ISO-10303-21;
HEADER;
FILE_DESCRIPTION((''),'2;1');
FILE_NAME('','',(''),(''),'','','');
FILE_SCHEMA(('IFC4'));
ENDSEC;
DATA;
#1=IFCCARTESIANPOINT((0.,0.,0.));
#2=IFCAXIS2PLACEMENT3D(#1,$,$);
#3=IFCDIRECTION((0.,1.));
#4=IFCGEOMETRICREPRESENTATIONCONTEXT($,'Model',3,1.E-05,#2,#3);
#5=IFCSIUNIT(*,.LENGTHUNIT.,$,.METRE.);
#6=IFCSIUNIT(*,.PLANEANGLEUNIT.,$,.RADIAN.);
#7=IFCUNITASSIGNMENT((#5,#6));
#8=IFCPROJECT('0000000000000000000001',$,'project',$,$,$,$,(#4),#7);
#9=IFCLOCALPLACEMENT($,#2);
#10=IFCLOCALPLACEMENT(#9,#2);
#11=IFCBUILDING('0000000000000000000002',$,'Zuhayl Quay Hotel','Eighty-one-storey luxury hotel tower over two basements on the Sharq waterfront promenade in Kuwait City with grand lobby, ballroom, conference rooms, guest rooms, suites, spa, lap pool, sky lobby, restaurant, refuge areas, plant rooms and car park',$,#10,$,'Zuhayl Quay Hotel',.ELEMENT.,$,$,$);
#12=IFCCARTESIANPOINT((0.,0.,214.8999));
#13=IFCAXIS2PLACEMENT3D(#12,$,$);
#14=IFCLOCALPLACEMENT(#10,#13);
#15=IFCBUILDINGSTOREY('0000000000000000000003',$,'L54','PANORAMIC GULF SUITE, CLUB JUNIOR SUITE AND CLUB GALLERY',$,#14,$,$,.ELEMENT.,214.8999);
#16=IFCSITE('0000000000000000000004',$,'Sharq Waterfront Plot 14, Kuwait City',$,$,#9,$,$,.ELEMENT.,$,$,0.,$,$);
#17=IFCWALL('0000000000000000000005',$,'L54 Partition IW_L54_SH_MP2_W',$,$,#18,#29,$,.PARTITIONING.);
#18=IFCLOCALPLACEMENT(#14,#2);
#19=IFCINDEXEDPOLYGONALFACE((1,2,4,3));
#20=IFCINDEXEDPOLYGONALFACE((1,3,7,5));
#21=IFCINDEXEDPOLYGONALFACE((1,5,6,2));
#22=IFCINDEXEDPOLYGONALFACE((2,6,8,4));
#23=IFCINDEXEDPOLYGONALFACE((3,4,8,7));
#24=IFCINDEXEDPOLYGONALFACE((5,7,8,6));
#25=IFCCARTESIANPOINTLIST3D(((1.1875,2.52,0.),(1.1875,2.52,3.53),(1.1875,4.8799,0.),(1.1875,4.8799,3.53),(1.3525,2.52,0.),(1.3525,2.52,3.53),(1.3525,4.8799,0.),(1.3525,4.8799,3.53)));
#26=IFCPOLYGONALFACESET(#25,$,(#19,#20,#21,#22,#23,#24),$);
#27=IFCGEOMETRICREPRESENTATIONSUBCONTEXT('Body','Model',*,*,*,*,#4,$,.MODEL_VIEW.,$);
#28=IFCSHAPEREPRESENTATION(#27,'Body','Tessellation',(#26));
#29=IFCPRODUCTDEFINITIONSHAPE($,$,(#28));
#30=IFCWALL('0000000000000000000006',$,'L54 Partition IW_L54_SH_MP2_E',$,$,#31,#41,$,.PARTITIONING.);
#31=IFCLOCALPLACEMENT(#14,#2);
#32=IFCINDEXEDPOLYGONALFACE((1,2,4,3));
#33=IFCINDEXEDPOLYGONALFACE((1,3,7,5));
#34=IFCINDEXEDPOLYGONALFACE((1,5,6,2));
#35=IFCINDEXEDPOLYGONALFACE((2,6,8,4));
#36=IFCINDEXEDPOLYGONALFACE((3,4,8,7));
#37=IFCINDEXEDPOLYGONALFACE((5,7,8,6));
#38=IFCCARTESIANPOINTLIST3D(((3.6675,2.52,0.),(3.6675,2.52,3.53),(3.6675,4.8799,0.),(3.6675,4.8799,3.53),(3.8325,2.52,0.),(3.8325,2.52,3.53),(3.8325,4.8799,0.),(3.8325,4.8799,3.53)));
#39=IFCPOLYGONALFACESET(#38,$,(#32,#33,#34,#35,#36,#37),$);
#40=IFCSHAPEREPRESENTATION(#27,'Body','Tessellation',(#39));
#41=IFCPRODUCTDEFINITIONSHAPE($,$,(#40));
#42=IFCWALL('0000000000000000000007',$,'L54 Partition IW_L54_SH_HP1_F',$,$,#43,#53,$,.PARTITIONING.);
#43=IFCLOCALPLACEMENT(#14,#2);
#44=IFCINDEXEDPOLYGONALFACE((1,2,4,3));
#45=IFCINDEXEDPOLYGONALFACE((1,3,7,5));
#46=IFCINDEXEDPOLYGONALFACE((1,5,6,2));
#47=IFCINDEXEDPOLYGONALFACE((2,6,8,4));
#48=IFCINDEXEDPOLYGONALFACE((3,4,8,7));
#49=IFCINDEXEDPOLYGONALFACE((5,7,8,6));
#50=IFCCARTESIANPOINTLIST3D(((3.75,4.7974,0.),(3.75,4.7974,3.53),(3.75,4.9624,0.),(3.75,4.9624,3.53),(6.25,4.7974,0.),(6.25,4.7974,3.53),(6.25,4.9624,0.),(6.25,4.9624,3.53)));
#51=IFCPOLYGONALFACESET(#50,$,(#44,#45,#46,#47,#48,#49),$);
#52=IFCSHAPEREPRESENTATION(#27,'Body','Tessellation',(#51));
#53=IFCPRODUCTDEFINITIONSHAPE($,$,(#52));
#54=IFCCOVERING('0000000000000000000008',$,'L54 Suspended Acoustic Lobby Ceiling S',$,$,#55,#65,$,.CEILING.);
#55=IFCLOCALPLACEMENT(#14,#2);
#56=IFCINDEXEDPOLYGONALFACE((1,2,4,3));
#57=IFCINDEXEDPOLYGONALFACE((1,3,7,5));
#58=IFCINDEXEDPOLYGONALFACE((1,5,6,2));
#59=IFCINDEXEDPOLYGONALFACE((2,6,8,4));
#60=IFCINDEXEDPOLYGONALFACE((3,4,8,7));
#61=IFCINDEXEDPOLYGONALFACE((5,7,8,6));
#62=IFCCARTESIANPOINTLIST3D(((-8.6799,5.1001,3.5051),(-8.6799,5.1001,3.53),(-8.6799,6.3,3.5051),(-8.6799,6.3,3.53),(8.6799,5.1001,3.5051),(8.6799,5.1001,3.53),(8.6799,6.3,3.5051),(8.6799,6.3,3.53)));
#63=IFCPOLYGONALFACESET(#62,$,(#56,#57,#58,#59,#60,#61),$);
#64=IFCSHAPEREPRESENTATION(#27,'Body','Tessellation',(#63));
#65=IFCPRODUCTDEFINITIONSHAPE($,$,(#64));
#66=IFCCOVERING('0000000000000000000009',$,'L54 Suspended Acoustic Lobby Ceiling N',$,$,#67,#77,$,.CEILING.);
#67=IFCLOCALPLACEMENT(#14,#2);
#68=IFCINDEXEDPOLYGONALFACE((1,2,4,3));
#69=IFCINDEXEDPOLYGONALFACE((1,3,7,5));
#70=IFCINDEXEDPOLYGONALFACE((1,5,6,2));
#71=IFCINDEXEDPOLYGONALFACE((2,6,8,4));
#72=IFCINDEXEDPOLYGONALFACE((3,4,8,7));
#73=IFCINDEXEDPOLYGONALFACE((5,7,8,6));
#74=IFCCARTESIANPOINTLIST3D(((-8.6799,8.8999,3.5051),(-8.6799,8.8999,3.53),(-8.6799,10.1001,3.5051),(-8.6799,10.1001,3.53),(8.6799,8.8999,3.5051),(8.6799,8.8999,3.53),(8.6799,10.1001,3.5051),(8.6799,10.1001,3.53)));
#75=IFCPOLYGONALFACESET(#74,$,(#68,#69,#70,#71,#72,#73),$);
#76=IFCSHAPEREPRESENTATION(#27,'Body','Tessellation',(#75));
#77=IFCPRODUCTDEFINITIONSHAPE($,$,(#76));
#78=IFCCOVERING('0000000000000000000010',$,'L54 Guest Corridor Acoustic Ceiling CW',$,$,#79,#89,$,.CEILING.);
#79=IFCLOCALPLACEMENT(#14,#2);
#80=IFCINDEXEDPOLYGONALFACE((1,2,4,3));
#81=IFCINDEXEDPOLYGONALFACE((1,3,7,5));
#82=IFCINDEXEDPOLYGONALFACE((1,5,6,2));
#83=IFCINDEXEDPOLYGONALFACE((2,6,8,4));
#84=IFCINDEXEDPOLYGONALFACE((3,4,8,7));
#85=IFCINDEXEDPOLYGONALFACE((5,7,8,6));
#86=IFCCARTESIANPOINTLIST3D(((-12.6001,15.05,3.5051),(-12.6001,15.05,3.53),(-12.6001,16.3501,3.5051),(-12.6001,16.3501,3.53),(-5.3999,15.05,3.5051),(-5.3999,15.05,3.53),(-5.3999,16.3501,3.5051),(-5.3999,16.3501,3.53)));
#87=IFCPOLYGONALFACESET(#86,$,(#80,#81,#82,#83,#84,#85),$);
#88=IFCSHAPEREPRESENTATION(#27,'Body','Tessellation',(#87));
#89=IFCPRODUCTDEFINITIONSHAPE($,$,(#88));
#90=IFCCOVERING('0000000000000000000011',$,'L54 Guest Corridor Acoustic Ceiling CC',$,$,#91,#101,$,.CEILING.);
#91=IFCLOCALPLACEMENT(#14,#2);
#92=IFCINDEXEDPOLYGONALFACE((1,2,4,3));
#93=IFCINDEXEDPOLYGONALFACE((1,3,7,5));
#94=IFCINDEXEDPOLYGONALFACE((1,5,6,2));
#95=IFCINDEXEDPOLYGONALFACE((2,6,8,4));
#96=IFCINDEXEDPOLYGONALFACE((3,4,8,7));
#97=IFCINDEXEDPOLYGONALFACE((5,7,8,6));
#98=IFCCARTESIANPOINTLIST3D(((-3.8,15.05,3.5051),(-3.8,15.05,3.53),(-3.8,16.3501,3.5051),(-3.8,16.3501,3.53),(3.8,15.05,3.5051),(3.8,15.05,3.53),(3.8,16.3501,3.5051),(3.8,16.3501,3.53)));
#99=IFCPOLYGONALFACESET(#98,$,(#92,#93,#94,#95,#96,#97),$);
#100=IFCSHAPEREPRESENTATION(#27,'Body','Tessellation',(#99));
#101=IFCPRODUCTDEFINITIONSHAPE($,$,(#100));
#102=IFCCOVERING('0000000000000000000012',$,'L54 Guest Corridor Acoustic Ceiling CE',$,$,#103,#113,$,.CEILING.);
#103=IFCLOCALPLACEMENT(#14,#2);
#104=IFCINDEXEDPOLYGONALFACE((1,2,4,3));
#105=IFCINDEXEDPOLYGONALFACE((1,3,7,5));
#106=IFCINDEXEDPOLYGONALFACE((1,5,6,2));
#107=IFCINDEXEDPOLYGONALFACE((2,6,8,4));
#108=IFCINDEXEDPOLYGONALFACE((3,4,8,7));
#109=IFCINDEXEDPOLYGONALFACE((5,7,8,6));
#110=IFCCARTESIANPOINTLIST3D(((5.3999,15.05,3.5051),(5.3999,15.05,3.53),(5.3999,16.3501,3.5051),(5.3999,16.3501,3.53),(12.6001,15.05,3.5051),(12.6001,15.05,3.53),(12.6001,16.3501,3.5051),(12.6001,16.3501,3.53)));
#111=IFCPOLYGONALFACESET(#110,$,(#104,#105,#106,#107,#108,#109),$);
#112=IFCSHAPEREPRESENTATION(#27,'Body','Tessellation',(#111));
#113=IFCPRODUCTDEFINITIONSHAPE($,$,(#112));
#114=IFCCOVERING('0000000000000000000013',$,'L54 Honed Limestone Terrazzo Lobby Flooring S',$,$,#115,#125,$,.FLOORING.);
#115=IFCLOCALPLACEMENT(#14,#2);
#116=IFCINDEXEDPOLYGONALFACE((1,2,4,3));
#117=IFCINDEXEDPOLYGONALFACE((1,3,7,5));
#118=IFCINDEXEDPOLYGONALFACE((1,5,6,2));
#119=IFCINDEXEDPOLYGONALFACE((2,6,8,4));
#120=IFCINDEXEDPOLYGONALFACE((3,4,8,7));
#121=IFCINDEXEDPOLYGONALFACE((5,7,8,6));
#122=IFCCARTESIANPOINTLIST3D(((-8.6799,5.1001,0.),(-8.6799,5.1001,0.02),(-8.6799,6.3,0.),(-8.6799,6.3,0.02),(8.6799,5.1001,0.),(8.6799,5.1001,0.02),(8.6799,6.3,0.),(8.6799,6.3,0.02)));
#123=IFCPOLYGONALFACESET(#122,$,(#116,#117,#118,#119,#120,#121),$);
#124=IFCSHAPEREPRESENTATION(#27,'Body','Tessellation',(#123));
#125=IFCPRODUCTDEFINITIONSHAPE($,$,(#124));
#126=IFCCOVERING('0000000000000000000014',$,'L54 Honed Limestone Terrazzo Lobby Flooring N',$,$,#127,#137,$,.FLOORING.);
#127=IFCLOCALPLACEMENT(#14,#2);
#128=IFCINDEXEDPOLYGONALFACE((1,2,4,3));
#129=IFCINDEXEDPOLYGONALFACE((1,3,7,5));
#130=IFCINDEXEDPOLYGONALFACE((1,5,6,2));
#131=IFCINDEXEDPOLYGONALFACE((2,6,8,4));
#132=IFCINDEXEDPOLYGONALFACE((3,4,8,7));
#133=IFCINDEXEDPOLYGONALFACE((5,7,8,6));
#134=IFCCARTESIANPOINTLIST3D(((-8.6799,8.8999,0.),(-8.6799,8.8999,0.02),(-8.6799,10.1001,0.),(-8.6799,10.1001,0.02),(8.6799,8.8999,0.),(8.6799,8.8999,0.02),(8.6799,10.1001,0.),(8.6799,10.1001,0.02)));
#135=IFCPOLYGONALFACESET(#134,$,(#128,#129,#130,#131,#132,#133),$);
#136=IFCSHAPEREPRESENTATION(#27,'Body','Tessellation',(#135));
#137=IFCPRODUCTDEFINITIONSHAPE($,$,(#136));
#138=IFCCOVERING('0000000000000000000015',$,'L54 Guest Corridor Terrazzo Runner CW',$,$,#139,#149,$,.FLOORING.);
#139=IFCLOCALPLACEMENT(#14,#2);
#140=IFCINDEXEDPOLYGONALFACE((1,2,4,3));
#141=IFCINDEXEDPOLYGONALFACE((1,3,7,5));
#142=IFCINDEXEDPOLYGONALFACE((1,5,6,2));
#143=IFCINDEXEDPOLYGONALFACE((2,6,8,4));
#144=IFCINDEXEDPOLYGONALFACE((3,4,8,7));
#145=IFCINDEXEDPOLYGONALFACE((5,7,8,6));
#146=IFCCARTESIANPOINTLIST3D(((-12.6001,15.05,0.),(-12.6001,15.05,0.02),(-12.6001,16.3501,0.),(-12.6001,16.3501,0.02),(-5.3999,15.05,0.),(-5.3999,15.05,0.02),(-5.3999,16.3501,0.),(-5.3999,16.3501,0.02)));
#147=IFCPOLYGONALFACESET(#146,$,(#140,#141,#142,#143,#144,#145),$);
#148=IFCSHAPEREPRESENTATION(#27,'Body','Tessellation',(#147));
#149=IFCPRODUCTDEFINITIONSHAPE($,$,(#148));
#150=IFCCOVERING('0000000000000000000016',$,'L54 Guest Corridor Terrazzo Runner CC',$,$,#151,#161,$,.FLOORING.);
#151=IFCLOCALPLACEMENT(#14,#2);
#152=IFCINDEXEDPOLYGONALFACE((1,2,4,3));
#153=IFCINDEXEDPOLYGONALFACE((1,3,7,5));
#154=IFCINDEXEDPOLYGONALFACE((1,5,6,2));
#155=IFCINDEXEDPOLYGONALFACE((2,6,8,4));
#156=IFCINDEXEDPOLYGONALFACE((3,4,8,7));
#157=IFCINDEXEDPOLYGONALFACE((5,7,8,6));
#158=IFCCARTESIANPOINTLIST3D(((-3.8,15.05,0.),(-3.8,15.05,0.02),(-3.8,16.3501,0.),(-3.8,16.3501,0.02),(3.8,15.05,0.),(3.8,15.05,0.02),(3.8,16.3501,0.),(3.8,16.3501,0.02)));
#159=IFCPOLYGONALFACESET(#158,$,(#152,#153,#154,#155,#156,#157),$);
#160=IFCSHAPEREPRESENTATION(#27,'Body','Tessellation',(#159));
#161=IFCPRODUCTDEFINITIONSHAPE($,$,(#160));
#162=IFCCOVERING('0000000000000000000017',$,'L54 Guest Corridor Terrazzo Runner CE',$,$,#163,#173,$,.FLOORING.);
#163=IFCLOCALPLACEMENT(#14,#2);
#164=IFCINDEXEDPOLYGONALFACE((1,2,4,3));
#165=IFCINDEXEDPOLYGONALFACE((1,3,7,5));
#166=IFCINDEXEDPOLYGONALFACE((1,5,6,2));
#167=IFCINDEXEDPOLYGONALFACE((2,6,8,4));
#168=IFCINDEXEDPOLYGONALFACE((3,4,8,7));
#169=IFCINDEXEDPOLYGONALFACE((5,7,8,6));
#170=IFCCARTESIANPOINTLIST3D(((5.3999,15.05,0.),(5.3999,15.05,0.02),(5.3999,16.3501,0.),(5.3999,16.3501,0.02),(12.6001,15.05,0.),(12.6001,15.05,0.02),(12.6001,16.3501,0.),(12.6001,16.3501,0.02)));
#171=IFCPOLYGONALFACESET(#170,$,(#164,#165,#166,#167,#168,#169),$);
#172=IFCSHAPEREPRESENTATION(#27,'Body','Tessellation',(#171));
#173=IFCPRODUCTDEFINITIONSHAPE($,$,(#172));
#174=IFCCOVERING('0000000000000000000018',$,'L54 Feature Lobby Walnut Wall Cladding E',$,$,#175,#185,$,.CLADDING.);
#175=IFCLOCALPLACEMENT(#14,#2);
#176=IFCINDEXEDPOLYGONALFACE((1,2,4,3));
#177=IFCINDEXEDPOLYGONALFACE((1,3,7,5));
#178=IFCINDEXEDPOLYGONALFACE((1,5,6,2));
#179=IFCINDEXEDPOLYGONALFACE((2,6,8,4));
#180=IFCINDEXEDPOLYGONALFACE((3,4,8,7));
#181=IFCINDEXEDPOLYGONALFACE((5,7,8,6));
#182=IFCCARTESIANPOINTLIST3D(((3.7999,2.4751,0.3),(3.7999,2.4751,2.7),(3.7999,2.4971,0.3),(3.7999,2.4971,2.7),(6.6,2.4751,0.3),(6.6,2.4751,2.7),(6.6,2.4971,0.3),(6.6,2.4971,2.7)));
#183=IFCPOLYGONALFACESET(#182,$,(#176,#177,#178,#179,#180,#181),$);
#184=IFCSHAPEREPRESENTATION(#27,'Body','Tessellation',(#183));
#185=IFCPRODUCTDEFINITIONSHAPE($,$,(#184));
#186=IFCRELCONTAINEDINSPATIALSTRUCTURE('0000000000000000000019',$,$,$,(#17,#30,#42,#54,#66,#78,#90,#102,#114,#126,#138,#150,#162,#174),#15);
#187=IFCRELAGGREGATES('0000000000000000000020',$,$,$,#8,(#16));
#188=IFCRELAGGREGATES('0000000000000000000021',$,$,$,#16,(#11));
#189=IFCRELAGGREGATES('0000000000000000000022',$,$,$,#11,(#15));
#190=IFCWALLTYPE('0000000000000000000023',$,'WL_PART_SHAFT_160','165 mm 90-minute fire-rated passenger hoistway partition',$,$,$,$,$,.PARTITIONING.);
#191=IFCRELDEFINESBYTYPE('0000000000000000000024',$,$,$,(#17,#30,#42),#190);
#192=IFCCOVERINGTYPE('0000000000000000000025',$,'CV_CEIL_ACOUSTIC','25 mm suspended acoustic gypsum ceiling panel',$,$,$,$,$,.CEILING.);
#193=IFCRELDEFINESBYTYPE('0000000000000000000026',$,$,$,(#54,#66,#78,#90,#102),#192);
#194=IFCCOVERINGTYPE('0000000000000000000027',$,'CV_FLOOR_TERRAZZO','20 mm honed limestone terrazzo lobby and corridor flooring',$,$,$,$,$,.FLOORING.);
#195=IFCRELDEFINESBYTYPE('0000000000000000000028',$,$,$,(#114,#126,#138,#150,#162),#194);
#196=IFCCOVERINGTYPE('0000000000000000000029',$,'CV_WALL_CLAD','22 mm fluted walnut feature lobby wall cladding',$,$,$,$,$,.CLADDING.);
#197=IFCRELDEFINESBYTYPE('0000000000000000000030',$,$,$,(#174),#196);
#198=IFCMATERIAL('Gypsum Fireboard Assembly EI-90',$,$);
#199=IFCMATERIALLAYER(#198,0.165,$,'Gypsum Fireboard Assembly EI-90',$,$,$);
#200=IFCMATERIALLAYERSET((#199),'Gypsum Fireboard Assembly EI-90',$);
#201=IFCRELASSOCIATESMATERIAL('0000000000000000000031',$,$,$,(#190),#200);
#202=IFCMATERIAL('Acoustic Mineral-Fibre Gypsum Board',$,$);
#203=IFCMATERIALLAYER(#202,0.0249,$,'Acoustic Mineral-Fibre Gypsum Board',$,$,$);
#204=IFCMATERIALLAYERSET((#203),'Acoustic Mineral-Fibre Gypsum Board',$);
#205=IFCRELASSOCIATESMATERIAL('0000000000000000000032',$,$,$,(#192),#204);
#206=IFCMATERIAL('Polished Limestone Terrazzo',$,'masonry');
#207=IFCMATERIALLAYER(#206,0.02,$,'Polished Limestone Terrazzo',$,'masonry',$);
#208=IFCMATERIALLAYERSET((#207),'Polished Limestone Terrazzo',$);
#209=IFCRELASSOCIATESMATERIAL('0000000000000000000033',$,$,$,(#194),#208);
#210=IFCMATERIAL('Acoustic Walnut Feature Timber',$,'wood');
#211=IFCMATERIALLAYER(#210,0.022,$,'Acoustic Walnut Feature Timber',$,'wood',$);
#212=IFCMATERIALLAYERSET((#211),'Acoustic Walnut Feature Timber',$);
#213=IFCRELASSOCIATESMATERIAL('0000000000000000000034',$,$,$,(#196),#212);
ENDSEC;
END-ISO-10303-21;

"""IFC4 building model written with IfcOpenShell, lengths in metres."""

from ifc_helpers import new_model, si_unit, direction, frame, frame_2d, origin, origin_2d, place, context, subcontext, project, spatial, polyline, rectangle, outline, extrude, material, layer, layer_set, type_object, element, save


model = new_model("IFC4")

# Units and contexts
model_context = context("Model", 3, precision=1e-05, world=origin(), true_north=direction((0.0, 1.0)))
body_context = subcontext(model_context, "Body", "Model", "MODEL_VIEW")
ifc_project = project(units=[si_unit("LENGTHUNIT", "METRE"), si_unit("PLANEANGLEUNIT", "RADIAN")], contexts=[model_context])

# Site, building, storey
site_placement = place(None, origin())
site = spatial("IfcSite", under=ifc_project, at=site_placement, Name="Sharq Waterfront Plot 14, Kuwait City", CompositionType="ELEMENT", RefElevation=0.0)
building_placement = place(site_placement, origin())
building = spatial("IfcBuilding", under=site, at=building_placement, Name="Zuhayl Quay Hotel", Description="Eighty-one-storey luxury hotel tower over two basements on the Sharq waterfront promenade in Kuwait City with grand lobby, ballroom, conference rooms, guest rooms, suites, spa, lap pool, sky lobby, restaurant, refuge areas, plant rooms and car park", LongName="Zuhayl Quay Hotel", CompositionType="ELEMENT")
storey_placement = place(building_placement, frame((0.0, 0.0, 214.8999)))
storey = spatial("IfcBuildingStorey", under=building, at=storey_placement, Name="L54", Description="PANORAMIC GULF SUITE, CLUB JUNIOR SUITE AND CLUB GALLERY", CompositionType="ELEMENT", Elevation=214.8999)

# Shared definitions
ifc_material_1 = material(Name="Gypsum Fireboard Assembly EI-90")
ifc_layer_1 = layer(ifc_material_1, 0.165, Name="Gypsum Fireboard Assembly EI-90")
ifc_layer_set_1 = layer_set([ifc_layer_1], Name="Gypsum Fireboard Assembly EI-90")
wall_type_1 = type_object("IfcWallType", Name="WL_PART_SHAFT_160", Description="165 mm 90-minute fire-rated passenger hoistway partition", PredefinedType="PARTITIONING", material=ifc_layer_set_1)

# Walls
for number, where, z_axis, x_axis, name in (
    (1, (1.27, 2.52, 0.0), (0.0, 0.0, 1.0), (0.0, 1.0, 0.0), "L54 Partition IW_L54_SH_MP2_W"),
    (2, (3.75, 2.52, 0.0), (0.0, 0.0, 1.0), (0.0, 1.0, 0.0), "L54 Partition IW_L54_SH_MP2_E"),
):
    element("IfcWall", number, at=place(storey_placement, frame(where, z_axis=z_axis, x_axis=x_axis)), inside=storey, type_object=wall_type_1, Name=name, PredefinedType="PARTITIONING", context=body_context, shape_type="SweptSolid", body=[
        extrude(rectangle(XDim=2.3599, YDim=0.165, at=frame_2d((1.1799, 0.0))), origin(), (0.0, 0.0, 1.0), 3.53),
    ])
wall_1_placement = place(storey_placement, frame((3.75, 4.8799, 0.0), z_axis=(0.0, 0.0, 1.0), x_axis=(1.0, 0.0, 0.0)))
element("IfcWall", 3, at=wall_1_placement, inside=storey, type_object=wall_type_1, Name="L54 Partition IW_L54_SH_HP1_F", PredefinedType="PARTITIONING", context=body_context, shape_type="SweptSolid", body=[
    extrude(rectangle(XDim=2.5, YDim=0.165, at=frame_2d((1.25, 0.0))), origin(), (0.0, 0.0, 1.0), 3.53),
])

# Coverings
ifc_material_2 = material(Name="Acoustic Mineral-Fibre Gypsum Board")
ifc_layer_2 = layer(ifc_material_2, 0.0249, Name="Acoustic Mineral-Fibre Gypsum Board")
ifc_layer_set_2 = layer_set([ifc_layer_2], Name="Acoustic Mineral-Fibre Gypsum Board")
covering_type_1 = type_object("IfcCoveringType", Name="CV_CEIL_ACOUSTIC", Description="25 mm suspended acoustic gypsum ceiling panel", PredefinedType="CEILING", material=ifc_layer_set_2)
covering_1_placement = place(storey_placement, frame((0.0, 0.0, 3.5051)))
element("IfcCovering", 4, at=covering_1_placement, inside=storey, type_object=covering_type_1, Name="L54 Suspended Acoustic Lobby Ceiling S", PredefinedType="CEILING", context=body_context, shape_type="SweptSolid", body=[
    extrude(outline(polyline([(-8.6799, 5.1001), (8.6799, 5.1001), (8.6799, 6.3), (-8.6799, 6.3), (-8.6799, 5.1001)])), origin(), (0.0, 0.0, 1.0), 0.0249),
])
covering_2_placement = place(storey_placement, frame((0.0, 0.0, 3.5051)))
element("IfcCovering", 5, at=covering_2_placement, inside=storey, type_object=covering_type_1, Name="L54 Suspended Acoustic Lobby Ceiling N", PredefinedType="CEILING", context=body_context, shape_type="SweptSolid", body=[
    extrude(outline(polyline([(-8.6799, 8.8999), (8.6799, 8.8999), (8.6799, 10.1001), (-8.6799, 10.1001), (-8.6799, 8.8999)])), origin(), (0.0, 0.0, 1.0), 0.0249),
])
covering_3_placement = place(storey_placement, frame((0.0, 0.0, 3.5051)))
element("IfcCovering", 6, at=covering_3_placement, inside=storey, type_object=covering_type_1, Name="L54 Guest Corridor Acoustic Ceiling CW", PredefinedType="CEILING", context=body_context, shape_type="SweptSolid", body=[
    extrude(outline(polyline([(-12.6001, 15.05), (-5.3999, 15.05), (-5.3999, 16.3501), (-12.6001, 16.3501), (-12.6001, 15.05)])), origin(), (0.0, 0.0, 1.0), 0.0249),
])
covering_4_placement = place(storey_placement, frame((0.0, 0.0, 3.5051)))
element("IfcCovering", 7, at=covering_4_placement, inside=storey, type_object=covering_type_1, Name="L54 Guest Corridor Acoustic Ceiling CC", PredefinedType="CEILING", context=body_context, shape_type="SweptSolid", body=[
    extrude(outline(polyline([(-3.8, 15.05), (3.8, 15.05), (3.8, 16.3501), (-3.8, 16.3501), (-3.8, 15.05)])), origin(), (0.0, 0.0, 1.0), 0.0249),
])
covering_5_placement = place(storey_placement, frame((0.0, 0.0, 3.5051)))
element("IfcCovering", 8, at=covering_5_placement, inside=storey, type_object=covering_type_1, Name="L54 Guest Corridor Acoustic Ceiling CE", PredefinedType="CEILING", context=body_context, shape_type="SweptSolid", body=[
    extrude(outline(polyline([(5.3999, 15.05), (12.6001, 15.05), (12.6001, 16.3501), (5.3999, 16.3501), (5.3999, 15.05)])), origin(), (0.0, 0.0, 1.0), 0.0249),
])
ifc_material_3 = material(Name="Polished Limestone Terrazzo", Category="masonry")
ifc_layer_3 = layer(ifc_material_3, 0.02, Name="Polished Limestone Terrazzo", Category="masonry")
ifc_layer_set_3 = layer_set([ifc_layer_3], Name="Polished Limestone Terrazzo")
covering_type_2 = type_object("IfcCoveringType", Name="CV_FLOOR_TERRAZZO", Description="20 mm honed limestone terrazzo lobby and corridor flooring", PredefinedType="FLOORING", material=ifc_layer_set_3)
covering_6_placement = place(storey_placement, origin())
element("IfcCovering", 9, at=covering_6_placement, inside=storey, type_object=covering_type_2, Name="L54 Honed Limestone Terrazzo Lobby Flooring S", PredefinedType="FLOORING", context=body_context, shape_type="SweptSolid", body=[
    extrude(outline(polyline([(-8.6799, 5.1001), (8.6799, 5.1001), (8.6799, 6.3), (-8.6799, 6.3), (-8.6799, 5.1001)])), origin(), (0.0, 0.0, 1.0), 0.02),
])
covering_7_placement = place(storey_placement, origin())
element("IfcCovering", 10, at=covering_7_placement, inside=storey, type_object=covering_type_2, Name="L54 Honed Limestone Terrazzo Lobby Flooring N", PredefinedType="FLOORING", context=body_context, shape_type="SweptSolid", body=[
    extrude(outline(polyline([(-8.6799, 8.8999), (8.6799, 8.8999), (8.6799, 10.1001), (-8.6799, 10.1001), (-8.6799, 8.8999)])), origin(), (0.0, 0.0, 1.0), 0.02),
])
covering_8_placement = place(storey_placement, origin())
element("IfcCovering", 11, at=covering_8_placement, inside=storey, type_object=covering_type_2, Name="L54 Guest Corridor Terrazzo Runner CW", PredefinedType="FLOORING", context=body_context, shape_type="SweptSolid", body=[
    extrude(outline(polyline([(-12.6001, 15.05), (-5.3999, 15.05), (-5.3999, 16.3501), (-12.6001, 16.3501), (-12.6001, 15.05)])), origin(), (0.0, 0.0, 1.0), 0.02),
])
covering_9_placement = place(storey_placement, origin())
element("IfcCovering", 12, at=covering_9_placement, inside=storey, type_object=covering_type_2, Name="L54 Guest Corridor Terrazzo Runner CC", PredefinedType="FLOORING", context=body_context, shape_type="SweptSolid", body=[
    extrude(outline(polyline([(-3.8, 15.05), (3.8, 15.05), (3.8, 16.3501), (-3.8, 16.3501), (-3.8, 15.05)])), origin(), (0.0, 0.0, 1.0), 0.02),
])
covering_10_placement = place(storey_placement, origin())
element("IfcCovering", 13, at=covering_10_placement, inside=storey, type_object=covering_type_2, Name="L54 Guest Corridor Terrazzo Runner CE", PredefinedType="FLOORING", context=body_context, shape_type="SweptSolid", body=[
    extrude(outline(polyline([(5.3999, 15.05), (12.6001, 15.05), (12.6001, 16.3501), (5.3999, 16.3501), (5.3999, 15.05)])), origin(), (0.0, 0.0, 1.0), 0.02),
])
ifc_material_4 = material(Name="Acoustic Walnut Feature Timber", Category="wood")
ifc_layer_4 = layer(ifc_material_4, 0.022, Name="Acoustic Walnut Feature Timber", Category="wood")
ifc_layer_set_4 = layer_set([ifc_layer_4], Name="Acoustic Walnut Feature Timber")
covering_type_3 = type_object("IfcCoveringType", Name="CV_WALL_CLAD", Description="22 mm fluted walnut feature lobby wall cladding", PredefinedType="CLADDING", material=ifc_layer_set_4)
covering_11_placement = place(storey_placement, frame((5.2, 2.4861, 0.3), z_axis=(0.0, 0.0, 1.0), x_axis=(1.0, 0.0, 0.0)))
element("IfcCovering", 14, at=covering_11_placement, inside=storey, type_object=covering_type_3, Name="L54 Feature Lobby Walnut Wall Cladding E", PredefinedType="CLADDING", context=body_context, shape_type="SweptSolid", body=[
    extrude(rectangle(XDim=2.8, YDim=0.022, at=origin_2d()), origin(), (0.0, 0.0, 1.0), 2.3999),
])

save(model, "model.ifc")
